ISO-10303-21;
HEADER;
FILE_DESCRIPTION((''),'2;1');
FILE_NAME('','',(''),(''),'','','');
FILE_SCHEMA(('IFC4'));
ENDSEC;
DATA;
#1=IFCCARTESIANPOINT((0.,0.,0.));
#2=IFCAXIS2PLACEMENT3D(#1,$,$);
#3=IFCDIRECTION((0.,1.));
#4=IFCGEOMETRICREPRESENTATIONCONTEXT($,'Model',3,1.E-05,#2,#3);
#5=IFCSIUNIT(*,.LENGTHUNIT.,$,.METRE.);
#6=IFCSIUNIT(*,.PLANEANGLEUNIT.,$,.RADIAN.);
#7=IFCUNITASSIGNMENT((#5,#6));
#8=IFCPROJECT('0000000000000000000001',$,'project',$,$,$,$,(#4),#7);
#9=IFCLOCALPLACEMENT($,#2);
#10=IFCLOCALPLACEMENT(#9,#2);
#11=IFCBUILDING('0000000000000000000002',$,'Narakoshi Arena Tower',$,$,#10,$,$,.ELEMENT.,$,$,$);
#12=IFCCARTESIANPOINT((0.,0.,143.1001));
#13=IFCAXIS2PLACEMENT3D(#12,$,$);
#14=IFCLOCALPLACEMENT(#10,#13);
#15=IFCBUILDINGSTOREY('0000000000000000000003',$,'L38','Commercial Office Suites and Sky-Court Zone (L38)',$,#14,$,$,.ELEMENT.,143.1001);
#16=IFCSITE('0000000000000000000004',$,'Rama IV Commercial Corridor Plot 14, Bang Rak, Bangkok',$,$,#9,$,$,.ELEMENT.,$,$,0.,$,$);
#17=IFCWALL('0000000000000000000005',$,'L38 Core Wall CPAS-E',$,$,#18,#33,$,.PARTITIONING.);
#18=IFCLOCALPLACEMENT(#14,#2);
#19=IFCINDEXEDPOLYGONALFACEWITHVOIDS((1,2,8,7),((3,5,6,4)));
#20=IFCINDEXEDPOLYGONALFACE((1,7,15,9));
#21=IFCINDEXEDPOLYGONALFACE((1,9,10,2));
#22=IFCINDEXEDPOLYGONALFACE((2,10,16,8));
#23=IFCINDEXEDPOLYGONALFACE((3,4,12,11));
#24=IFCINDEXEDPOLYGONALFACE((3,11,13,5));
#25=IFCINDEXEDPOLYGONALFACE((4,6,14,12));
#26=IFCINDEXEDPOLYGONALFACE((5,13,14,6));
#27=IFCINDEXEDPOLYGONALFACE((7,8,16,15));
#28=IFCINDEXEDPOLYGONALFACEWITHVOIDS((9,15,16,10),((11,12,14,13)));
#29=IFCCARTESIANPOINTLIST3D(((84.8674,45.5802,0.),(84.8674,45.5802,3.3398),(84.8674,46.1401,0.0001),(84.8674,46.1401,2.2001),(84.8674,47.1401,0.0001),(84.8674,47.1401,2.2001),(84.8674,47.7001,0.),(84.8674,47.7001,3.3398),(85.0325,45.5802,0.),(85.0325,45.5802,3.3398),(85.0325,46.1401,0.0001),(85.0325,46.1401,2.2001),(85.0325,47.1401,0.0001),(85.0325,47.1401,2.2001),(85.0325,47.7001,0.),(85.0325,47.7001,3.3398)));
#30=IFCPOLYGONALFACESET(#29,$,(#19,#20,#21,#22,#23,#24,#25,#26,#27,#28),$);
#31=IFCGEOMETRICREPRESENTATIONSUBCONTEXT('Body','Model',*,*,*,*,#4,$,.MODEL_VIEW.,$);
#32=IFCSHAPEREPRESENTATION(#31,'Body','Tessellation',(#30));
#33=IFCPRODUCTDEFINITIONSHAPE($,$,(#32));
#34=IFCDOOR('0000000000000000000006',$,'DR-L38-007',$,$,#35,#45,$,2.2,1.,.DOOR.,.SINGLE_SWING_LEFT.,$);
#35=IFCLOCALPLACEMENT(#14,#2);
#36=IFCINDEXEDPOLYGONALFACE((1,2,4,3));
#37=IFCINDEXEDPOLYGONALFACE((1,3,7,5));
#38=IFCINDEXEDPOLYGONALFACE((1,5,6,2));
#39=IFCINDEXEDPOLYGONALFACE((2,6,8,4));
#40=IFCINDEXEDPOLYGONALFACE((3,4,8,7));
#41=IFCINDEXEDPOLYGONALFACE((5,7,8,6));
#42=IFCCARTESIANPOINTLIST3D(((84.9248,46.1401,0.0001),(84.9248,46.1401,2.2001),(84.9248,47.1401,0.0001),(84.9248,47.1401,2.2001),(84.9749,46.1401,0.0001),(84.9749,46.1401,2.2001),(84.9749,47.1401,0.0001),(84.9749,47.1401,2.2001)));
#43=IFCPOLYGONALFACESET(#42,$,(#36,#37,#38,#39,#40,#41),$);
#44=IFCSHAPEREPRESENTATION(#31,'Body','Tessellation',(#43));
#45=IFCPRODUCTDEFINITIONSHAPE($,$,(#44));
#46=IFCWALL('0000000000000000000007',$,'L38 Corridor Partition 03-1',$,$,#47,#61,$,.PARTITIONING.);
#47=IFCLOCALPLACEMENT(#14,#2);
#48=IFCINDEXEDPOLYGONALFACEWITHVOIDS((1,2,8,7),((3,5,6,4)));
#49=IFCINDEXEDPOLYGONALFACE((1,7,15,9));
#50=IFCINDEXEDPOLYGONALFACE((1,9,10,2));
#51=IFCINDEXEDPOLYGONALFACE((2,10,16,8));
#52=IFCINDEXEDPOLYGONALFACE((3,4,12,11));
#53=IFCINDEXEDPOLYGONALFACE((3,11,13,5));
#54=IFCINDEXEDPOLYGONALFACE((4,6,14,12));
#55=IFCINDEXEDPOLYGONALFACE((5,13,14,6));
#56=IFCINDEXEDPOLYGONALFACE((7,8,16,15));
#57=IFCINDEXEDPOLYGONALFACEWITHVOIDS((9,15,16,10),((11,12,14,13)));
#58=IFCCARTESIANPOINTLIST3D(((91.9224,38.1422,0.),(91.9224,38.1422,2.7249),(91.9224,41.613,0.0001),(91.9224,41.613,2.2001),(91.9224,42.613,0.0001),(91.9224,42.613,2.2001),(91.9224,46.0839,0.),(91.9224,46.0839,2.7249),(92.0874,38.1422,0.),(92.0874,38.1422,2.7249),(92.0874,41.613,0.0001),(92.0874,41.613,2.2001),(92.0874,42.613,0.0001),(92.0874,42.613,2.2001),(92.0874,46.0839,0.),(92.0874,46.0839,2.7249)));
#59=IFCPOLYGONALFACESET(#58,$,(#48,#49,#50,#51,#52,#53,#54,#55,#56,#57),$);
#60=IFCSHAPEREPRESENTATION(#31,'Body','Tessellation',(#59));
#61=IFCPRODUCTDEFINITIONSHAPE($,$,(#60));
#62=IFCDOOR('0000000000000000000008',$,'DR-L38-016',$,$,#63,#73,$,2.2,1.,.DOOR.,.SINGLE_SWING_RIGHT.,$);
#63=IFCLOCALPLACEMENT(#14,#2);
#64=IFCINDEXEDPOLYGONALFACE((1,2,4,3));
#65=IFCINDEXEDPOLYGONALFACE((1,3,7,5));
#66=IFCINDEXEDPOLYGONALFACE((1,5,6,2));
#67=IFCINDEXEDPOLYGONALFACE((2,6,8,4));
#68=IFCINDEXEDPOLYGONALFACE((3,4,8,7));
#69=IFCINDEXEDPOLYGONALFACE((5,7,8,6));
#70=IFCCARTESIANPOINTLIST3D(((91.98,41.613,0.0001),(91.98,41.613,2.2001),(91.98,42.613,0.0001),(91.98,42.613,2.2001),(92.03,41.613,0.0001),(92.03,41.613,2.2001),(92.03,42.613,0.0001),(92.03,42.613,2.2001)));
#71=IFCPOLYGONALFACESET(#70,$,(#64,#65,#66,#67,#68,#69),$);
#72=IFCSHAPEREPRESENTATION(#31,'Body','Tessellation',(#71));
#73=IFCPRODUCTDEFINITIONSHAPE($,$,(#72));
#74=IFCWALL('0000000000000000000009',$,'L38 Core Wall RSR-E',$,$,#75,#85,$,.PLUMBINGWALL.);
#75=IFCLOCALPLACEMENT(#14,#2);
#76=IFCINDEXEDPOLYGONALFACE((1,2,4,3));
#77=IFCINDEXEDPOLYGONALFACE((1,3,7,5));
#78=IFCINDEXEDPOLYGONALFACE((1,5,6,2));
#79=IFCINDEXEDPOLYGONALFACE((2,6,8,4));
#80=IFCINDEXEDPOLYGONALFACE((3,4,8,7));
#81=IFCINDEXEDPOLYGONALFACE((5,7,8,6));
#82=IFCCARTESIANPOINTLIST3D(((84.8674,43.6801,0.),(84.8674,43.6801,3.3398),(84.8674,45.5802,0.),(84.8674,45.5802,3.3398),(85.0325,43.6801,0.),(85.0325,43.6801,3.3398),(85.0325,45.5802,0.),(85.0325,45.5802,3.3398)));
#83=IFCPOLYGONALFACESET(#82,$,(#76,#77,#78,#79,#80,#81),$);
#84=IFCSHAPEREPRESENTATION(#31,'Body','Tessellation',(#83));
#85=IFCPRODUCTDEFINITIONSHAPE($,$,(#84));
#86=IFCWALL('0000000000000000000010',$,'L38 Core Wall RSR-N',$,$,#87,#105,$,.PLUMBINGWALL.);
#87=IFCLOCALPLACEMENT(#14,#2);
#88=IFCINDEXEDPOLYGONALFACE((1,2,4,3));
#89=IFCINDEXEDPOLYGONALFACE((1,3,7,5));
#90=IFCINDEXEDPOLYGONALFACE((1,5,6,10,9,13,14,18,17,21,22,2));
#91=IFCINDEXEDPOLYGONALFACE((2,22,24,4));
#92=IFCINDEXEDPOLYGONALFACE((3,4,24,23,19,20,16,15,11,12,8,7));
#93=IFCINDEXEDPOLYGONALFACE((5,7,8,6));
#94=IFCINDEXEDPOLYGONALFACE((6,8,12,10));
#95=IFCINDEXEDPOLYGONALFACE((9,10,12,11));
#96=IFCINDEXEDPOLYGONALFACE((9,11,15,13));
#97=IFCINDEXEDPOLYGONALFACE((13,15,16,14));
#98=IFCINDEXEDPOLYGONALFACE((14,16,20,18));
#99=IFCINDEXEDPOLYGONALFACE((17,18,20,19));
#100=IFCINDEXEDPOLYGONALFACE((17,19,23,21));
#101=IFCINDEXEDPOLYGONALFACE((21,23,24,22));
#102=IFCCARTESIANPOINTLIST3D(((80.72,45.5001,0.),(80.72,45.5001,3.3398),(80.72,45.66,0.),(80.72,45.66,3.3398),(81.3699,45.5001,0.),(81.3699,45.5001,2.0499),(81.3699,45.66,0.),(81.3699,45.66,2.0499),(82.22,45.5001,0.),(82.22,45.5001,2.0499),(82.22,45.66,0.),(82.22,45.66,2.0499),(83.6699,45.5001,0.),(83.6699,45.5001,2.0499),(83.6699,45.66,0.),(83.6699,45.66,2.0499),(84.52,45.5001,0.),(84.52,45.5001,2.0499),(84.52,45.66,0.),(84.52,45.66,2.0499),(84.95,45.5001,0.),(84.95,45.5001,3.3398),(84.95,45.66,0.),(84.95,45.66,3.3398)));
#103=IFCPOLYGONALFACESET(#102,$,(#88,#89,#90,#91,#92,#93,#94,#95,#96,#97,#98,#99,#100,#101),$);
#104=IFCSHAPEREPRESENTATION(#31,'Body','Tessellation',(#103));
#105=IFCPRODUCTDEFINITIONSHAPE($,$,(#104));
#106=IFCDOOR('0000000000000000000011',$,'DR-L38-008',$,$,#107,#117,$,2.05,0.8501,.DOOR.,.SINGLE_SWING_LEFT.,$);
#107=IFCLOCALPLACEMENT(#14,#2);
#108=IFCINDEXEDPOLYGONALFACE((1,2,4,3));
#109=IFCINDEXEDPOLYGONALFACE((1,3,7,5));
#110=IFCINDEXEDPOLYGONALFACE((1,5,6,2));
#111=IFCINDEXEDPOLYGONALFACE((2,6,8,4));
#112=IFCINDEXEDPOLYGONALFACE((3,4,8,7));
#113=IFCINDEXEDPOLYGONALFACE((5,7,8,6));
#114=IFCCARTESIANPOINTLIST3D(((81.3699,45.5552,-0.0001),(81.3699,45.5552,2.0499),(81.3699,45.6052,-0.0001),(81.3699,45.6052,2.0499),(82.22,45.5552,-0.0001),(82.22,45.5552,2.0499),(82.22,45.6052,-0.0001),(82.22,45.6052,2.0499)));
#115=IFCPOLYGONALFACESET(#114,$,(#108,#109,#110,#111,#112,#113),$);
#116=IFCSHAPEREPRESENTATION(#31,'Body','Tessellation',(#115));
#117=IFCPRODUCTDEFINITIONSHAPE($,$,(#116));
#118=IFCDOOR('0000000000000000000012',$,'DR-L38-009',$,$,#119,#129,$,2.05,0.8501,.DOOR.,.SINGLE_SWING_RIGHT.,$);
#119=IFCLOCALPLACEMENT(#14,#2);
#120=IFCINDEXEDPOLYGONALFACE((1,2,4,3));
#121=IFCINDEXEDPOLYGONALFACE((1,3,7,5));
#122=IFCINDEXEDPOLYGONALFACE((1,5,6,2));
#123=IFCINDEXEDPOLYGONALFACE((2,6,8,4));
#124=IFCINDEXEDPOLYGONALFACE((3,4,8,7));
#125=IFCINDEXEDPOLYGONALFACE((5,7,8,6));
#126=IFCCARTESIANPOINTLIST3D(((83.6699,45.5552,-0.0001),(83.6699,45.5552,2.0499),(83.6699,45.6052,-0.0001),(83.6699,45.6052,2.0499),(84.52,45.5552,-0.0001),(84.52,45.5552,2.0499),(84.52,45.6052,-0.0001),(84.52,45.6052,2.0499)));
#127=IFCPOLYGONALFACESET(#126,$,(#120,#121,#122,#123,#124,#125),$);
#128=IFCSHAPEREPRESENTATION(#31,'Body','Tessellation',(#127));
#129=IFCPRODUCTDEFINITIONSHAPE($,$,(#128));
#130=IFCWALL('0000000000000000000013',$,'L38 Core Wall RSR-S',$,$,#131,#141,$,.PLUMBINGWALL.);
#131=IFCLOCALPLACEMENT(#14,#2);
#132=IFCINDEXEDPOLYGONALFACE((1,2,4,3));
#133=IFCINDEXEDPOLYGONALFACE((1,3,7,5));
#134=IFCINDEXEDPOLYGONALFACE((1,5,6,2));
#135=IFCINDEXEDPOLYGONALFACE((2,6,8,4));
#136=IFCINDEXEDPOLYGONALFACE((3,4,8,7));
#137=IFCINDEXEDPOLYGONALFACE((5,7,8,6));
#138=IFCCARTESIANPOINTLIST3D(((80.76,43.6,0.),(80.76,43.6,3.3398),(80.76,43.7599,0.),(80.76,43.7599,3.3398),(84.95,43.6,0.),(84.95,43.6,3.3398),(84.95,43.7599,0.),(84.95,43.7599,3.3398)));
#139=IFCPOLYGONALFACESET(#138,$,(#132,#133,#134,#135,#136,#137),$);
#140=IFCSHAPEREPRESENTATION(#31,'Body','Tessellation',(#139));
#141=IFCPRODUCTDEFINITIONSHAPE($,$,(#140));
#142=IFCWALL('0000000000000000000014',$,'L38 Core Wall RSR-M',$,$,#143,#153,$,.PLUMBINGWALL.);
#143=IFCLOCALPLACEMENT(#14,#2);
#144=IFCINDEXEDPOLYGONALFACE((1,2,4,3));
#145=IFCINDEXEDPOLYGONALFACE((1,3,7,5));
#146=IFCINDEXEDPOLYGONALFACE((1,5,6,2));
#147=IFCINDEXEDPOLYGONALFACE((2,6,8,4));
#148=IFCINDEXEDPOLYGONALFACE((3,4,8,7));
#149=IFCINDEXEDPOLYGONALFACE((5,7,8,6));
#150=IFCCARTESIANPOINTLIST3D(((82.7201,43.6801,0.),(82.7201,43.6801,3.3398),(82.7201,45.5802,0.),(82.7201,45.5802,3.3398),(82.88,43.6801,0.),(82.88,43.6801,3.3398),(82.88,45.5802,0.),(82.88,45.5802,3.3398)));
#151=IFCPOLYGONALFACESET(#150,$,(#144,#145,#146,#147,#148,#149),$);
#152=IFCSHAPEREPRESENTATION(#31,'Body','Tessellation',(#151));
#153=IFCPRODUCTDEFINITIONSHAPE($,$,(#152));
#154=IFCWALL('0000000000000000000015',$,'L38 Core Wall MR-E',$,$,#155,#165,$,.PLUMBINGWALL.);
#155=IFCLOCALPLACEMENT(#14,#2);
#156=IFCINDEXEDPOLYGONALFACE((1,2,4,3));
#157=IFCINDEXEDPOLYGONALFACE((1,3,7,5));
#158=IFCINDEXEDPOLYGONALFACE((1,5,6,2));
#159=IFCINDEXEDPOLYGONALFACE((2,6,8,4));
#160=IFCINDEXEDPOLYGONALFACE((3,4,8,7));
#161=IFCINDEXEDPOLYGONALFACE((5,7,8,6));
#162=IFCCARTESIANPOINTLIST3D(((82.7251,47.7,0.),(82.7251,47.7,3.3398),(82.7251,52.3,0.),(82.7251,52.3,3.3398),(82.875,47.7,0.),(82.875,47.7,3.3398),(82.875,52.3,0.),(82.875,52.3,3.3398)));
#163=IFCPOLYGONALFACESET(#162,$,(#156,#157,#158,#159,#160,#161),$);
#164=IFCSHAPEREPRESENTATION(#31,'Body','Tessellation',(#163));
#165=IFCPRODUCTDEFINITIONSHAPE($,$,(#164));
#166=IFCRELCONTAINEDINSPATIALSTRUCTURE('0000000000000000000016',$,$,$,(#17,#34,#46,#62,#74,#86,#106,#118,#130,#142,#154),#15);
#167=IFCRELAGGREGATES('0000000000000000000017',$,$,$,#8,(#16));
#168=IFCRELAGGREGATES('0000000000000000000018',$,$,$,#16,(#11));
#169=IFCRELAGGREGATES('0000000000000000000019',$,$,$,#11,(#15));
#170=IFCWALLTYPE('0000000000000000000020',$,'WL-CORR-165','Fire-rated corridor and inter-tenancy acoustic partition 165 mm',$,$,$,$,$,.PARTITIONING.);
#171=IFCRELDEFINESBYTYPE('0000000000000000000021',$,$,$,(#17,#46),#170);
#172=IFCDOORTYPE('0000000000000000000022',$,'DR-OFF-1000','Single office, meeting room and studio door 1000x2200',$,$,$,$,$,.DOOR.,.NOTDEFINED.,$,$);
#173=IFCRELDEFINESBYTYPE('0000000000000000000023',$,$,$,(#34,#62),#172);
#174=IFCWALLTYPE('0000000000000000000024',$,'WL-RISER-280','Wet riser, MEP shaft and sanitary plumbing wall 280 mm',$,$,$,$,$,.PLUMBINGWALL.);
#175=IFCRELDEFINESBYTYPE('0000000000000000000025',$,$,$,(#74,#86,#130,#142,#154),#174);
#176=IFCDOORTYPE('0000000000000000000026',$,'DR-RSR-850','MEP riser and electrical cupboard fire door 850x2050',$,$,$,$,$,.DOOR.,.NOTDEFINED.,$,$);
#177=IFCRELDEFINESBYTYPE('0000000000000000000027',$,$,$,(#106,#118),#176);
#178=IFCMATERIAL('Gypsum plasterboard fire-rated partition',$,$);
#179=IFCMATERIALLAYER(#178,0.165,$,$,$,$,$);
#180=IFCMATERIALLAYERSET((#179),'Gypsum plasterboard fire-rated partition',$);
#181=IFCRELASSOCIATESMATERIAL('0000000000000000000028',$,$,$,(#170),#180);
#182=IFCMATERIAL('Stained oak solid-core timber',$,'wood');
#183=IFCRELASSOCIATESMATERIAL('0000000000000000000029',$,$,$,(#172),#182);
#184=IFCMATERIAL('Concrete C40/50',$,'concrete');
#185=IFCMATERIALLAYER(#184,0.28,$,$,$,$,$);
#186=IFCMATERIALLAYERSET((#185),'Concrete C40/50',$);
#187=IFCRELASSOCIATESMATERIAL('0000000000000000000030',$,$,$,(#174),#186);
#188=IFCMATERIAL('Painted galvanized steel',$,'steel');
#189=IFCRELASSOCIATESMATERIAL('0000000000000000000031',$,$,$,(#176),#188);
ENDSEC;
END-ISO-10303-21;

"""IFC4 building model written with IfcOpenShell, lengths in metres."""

from ifc_helpers import new_model, si_unit, direction, frame, frame_2d, origin, place, context, subcontext, project, spatial, rectangle, extrude, material, layer, layer_set, type_object, element, fill, save


model = new_model("IFC4")

# Units and contexts
model_context = context("Model", 3, precision=1e-05, world=origin(), true_north=direction((0.0, 1.0)))
body_context = subcontext(model_context, "Body", "Model", "MODEL_VIEW")
ifc_project = project(units=[si_unit("LENGTHUNIT", "METRE"), si_unit("PLANEANGLEUNIT", "RADIAN")], contexts=[model_context])

# Site, building, storey
site_placement = place(None, origin())
site = spatial("IfcSite", under=ifc_project, at=site_placement, Name="Rama IV Commercial Corridor Plot 14, Bang Rak, Bangkok", CompositionType="ELEMENT", RefElevation=0.0)
building_placement = place(site_placement, origin())
building = spatial("IfcBuilding", under=site, at=building_placement, Name="Narakoshi Arena Tower", CompositionType="ELEMENT")
storey_placement = place(building_placement, frame((0.0, 0.0, 143.1001)))
storey = spatial("IfcBuildingStorey", under=building, at=storey_placement, Name="L38", Description="Commercial Office Suites and Sky-Court Zone (L38)", CompositionType="ELEMENT", Elevation=143.1001)

# Walls, openings, doors
ifc_material_1 = material(Name="Gypsum plasterboard fire-rated partition")
ifc_layer_1 = layer(ifc_material_1, 0.165)
ifc_layer_set_1 = layer_set([ifc_layer_1], Name="Gypsum plasterboard fire-rated partition")
wall_type_1 = type_object("IfcWallType", Name="WL-CORR-165", Description="Fire-rated corridor and inter-tenancy acoustic partition 165 mm", PredefinedType="PARTITIONING", material=ifc_layer_set_1)
wall_1_placement = place(storey_placement, frame((84.95, 45.5801, 0.0), z_axis=(0.0, 0.0, 1.0), x_axis=(0.0, 1.0, 0.0)))
wall_1 = element("IfcWall", 1, at=wall_1_placement, inside=storey, type_object=wall_type_1, Name="L38 Core Wall CPAS-E", PredefinedType="PARTITIONING", context=body_context, shape_type="SweptSolid", body=[
    extrude(rectangle(XDim=2.1199, YDim=0.165, at=frame_2d((1.0601, 0.0))), origin(), (0.0, 0.0, 1.0), 3.3398),
])
opening_1_placement = place(wall_1_placement, frame((0.5601, 0.0, 0.0)))
opening_1 = element("IfcOpeningElement", 2, at=opening_1_placement, cuts=wall_1, PredefinedType="OPENING", context=body_context, shape_type="SweptSolid", body=[
    extrude(rectangle(XDim=1.0, YDim=2.2, at=frame_2d((0.5, 1.1001))), frame((0.0, 0.0925, 0.0), z_axis=(0.0, -1.0, 0.0), x_axis=(1.0, 0.0, 0.0)), (0.0, 0.0, 1.0), 0.1851),
])
ifc_material_2 = material(Name="Stained oak solid-core timber", Category="wood")
door_type_1 = type_object("IfcDoorType", Name="DR-OFF-1000", Description="Single office, meeting room and studio door 1000x2200", OperationType="NOTDEFINED", PredefinedType="DOOR", material=ifc_material_2)
door_1_placement = place(opening_1_placement, frame((1.0, 0.0, 0.0), z_axis=(0.0, 0.0, 1.0), x_axis=(-1.0, 0.0, 0.0)))
door_1 = element("IfcDoor", 3, at=door_1_placement, inside=storey, type_object=door_type_1, Name="DR-L38-007", OperationType="SINGLE_SWING_LEFT", OverallHeight=2.2, OverallWidth=1.0, PredefinedType="DOOR", context=body_context, shape_type="SweptSolid", body=[
    extrude(rectangle(XDim=1.0, YDim=2.2, at=frame_2d((0.5, 1.1001))), frame((0.0, 0.0249, 0.0), z_axis=(0.0, -1.0, 0.0), x_axis=(1.0, 0.0, 0.0)), (0.0, 0.0, 1.0), 0.05),
])
fill(opening_1, door_1)
wall_2_placement = place(storey_placement, frame((92.0049, 46.0837, 0.0), z_axis=(0.0, 0.0, 1.0), x_axis=(0.0, -1.0, 0.0)))
wall_2 = element("IfcWall", 4, at=wall_2_placement, inside=storey, type_object=wall_type_1, Name="L38 Corridor Partition 03-1", PredefinedType="PARTITIONING", context=body_context, shape_type="SweptSolid", body=[
    extrude(rectangle(XDim=7.9417, YDim=0.165, at=frame_2d((3.9707, 0.0))), origin(), (0.0, 0.0, 1.0), 2.7249),
])
opening_2_placement = place(wall_2_placement, frame((3.4707, 0.0, 0.0)))
opening_2 = element("IfcOpeningElement", 5, at=opening_2_placement, cuts=wall_2, PredefinedType="OPENING", context=body_context, shape_type="SweptSolid", body=[
    extrude(rectangle(XDim=1.0, YDim=2.2, at=frame_2d((0.5, 1.1001))), frame((0.0, 0.0925, 0.0), z_axis=(0.0, -1.0, 0.0), x_axis=(1.0, 0.0, 0.0)), (0.0, 0.0, 1.0), 0.1851),
])
door_2_placement = place(opening_2_placement, frame((1.0, 0.0, 0.0), z_axis=(0.0, 0.0, 1.0), x_axis=(-1.0, 0.0, 0.0)))
door_2 = element("IfcDoor", 6, at=door_2_placement, inside=storey, type_object=door_type_1, Name="DR-L38-016", OperationType="SINGLE_SWING_RIGHT", OverallHeight=2.2, OverallWidth=1.0, PredefinedType="DOOR", context=body_context, shape_type="SweptSolid", body=[
    extrude(rectangle(XDim=1.0, YDim=2.2, at=frame_2d((0.5, 1.1001))), frame((0.0, 0.0249, 0.0), z_axis=(0.0, -1.0, 0.0), x_axis=(1.0, 0.0, 0.0)), (0.0, 0.0, 1.0), 0.05),
])
fill(opening_2, door_2)

# Wall
ifc_material_3 = material(Name="Concrete C40/50", Category="concrete")
ifc_layer_2 = layer(ifc_material_3, 0.28)
ifc_layer_set_2 = layer_set([ifc_layer_2], Name="Concrete C40/50")
wall_type_2 = type_object("IfcWallType", Name="WL-RISER-280", Description="Wet riser, MEP shaft and sanitary plumbing wall 280 mm", PredefinedType="PLUMBINGWALL", material=ifc_layer_set_2)
wall_3_placement = place(storey_placement, frame((84.95, 43.6799, 0.0), z_axis=(0.0, 0.0, 1.0), x_axis=(0.0, 1.0, 0.0)))
element("IfcWall", 7, at=wall_3_placement, inside=storey, type_object=wall_type_2, Name="L38 Core Wall RSR-E", PredefinedType="PLUMBINGWALL", context=body_context, shape_type="SweptSolid", body=[
    extrude(rectangle(XDim=1.9001, YDim=0.165, at=frame_2d((0.9502, 0.0))), origin(), (0.0, 0.0, 1.0), 3.3398),
])

# Wall, openings, doors
wall_4_placement = place(storey_placement, frame((80.72, 45.5801, 0.0), z_axis=(0.0, 0.0, 1.0), x_axis=(1.0, 0.0, 0.0)))
wall_4 = element("IfcWall", 8, at=wall_4_placement, inside=storey, type_object=wall_type_2, Name="L38 Core Wall RSR-N", PredefinedType="PLUMBINGWALL", context=body_context, shape_type="SweptSolid", body=[
    extrude(rectangle(XDim=4.23, YDim=0.1599, at=frame_2d((2.115, 0.0))), origin(), (0.0, 0.0, 1.0), 3.3398),
])
opening_3_placement = place(wall_4_placement, frame((0.6499, 0.0, 0.0)))
opening_3 = element("IfcOpeningElement", 9, at=opening_3_placement, cuts=wall_4, PredefinedType="OPENING", context=body_context, shape_type="SweptSolid", body=[
    extrude(rectangle(XDim=0.8501, YDim=2.05, at=frame_2d((0.425, 1.0249))), frame((0.0, 0.0898, 0.0), z_axis=(0.0, -1.0, 0.0), x_axis=(1.0, 0.0, 0.0)), (0.0, 0.0, 1.0), 0.1799),
])
opening_4_placement = place(wall_4_placement, frame((2.95, 0.0, 0.0)))
opening_4 = element("IfcOpeningElement", 10, at=opening_4_placement, cuts=wall_4, PredefinedType="OPENING", context=body_context, shape_type="SweptSolid", body=[
    extrude(rectangle(XDim=0.8501, YDim=2.05, at=frame_2d((0.425, 1.0249))), frame((0.0, 0.0898, 0.0), z_axis=(0.0, -1.0, 0.0), x_axis=(1.0, 0.0, 0.0)), (0.0, 0.0, 1.0), 0.1799),
])
ifc_material_4 = material(Name="Painted galvanized steel", Category="steel")
door_type_2 = type_object("IfcDoorType", Name="DR-RSR-850", Description="MEP riser and electrical cupboard fire door 850x2050", OperationType="NOTDEFINED", PredefinedType="DOOR", material=ifc_material_4)
door_3_placement = place(opening_3_placement, frame((0.8501, 0.0, 0.0), z_axis=(0.0, 0.0, 1.0), x_axis=(-1.0, 0.0, 0.0)))
door_3 = element("IfcDoor", 11, at=door_3_placement, inside=storey, type_object=door_type_2, Name="DR-L38-008", OperationType="SINGLE_SWING_LEFT", OverallHeight=2.05, OverallWidth=0.8501, PredefinedType="DOOR", context=body_context, shape_type="SweptSolid", body=[
    extrude(rectangle(XDim=0.8501, YDim=2.05, at=frame_2d((0.425, 1.0249))), frame((0.0, 0.0249, 0.0), z_axis=(0.0, -1.0, 0.0), x_axis=(1.0, 0.0, 0.0)), (0.0, 0.0, 1.0), 0.05),
])
fill(opening_3, door_3)
door_4_placement = place(opening_4_placement, frame((0.8501, 0.0, 0.0), z_axis=(0.0, 0.0, 1.0), x_axis=(-1.0, 0.0, 0.0)))
door_4 = element("IfcDoor", 12, at=door_4_placement, inside=storey, type_object=door_type_2, Name="DR-L38-009", OperationType="SINGLE_SWING_RIGHT", OverallHeight=2.05, OverallWidth=0.8501, PredefinedType="DOOR", context=body_context, shape_type="SweptSolid", body=[
    extrude(rectangle(XDim=0.8501, YDim=2.05, at=frame_2d((0.425, 1.0249))), frame((0.0, 0.0249, 0.0), z_axis=(0.0, -1.0, 0.0), x_axis=(1.0, 0.0, 0.0)), (0.0, 0.0, 1.0), 0.05),
])
fill(opening_4, door_4)

# Walls
wall_5_placement = place(storey_placement, frame((80.76, 43.6799, 0.0), z_axis=(0.0, 0.0, 1.0), x_axis=(1.0, 0.0, 0.0)))
element("IfcWall", 13, at=wall_5_placement, inside=storey, type_object=wall_type_2, Name="L38 Core Wall RSR-S", PredefinedType="PLUMBINGWALL", context=body_context, shape_type="SweptSolid", body=[
    extrude(rectangle(XDim=4.1899, YDim=0.1599, at=frame_2d((2.095, 0.0))), origin(), (0.0, 0.0, 1.0), 3.3398),
])
wall_6_placement = place(storey_placement, frame((82.8, 43.6799, 0.0), z_axis=(0.0, 0.0, 1.0), x_axis=(0.0, 1.0, 0.0)))
element("IfcWall", 14, at=wall_6_placement, inside=storey, type_object=wall_type_2, Name="L38 Core Wall RSR-M", PredefinedType="PLUMBINGWALL", context=body_context, shape_type="SweptSolid", body=[
    extrude(rectangle(XDim=1.9001, YDim=0.1599, at=frame_2d((0.9502, 0.0))), origin(), (0.0, 0.0, 1.0), 3.3398),
])
wall_7_placement = place(storey_placement, frame((82.8, 47.7, 0.0), z_axis=(0.0, 0.0, 1.0), x_axis=(0.0, 1.0, 0.0)))
element("IfcWall", 15, at=wall_7_placement, inside=storey, type_object=wall_type_2, Name="L38 Core Wall MR-E", PredefinedType="PLUMBINGWALL", context=body_context, shape_type="SweptSolid", body=[
    extrude(rectangle(XDim=4.6001, YDim=0.1499, at=frame_2d((2.3, 0.0))), origin(), (0.0, 0.0, 1.0), 3.3398),
])

save(model, "model.ifc")
